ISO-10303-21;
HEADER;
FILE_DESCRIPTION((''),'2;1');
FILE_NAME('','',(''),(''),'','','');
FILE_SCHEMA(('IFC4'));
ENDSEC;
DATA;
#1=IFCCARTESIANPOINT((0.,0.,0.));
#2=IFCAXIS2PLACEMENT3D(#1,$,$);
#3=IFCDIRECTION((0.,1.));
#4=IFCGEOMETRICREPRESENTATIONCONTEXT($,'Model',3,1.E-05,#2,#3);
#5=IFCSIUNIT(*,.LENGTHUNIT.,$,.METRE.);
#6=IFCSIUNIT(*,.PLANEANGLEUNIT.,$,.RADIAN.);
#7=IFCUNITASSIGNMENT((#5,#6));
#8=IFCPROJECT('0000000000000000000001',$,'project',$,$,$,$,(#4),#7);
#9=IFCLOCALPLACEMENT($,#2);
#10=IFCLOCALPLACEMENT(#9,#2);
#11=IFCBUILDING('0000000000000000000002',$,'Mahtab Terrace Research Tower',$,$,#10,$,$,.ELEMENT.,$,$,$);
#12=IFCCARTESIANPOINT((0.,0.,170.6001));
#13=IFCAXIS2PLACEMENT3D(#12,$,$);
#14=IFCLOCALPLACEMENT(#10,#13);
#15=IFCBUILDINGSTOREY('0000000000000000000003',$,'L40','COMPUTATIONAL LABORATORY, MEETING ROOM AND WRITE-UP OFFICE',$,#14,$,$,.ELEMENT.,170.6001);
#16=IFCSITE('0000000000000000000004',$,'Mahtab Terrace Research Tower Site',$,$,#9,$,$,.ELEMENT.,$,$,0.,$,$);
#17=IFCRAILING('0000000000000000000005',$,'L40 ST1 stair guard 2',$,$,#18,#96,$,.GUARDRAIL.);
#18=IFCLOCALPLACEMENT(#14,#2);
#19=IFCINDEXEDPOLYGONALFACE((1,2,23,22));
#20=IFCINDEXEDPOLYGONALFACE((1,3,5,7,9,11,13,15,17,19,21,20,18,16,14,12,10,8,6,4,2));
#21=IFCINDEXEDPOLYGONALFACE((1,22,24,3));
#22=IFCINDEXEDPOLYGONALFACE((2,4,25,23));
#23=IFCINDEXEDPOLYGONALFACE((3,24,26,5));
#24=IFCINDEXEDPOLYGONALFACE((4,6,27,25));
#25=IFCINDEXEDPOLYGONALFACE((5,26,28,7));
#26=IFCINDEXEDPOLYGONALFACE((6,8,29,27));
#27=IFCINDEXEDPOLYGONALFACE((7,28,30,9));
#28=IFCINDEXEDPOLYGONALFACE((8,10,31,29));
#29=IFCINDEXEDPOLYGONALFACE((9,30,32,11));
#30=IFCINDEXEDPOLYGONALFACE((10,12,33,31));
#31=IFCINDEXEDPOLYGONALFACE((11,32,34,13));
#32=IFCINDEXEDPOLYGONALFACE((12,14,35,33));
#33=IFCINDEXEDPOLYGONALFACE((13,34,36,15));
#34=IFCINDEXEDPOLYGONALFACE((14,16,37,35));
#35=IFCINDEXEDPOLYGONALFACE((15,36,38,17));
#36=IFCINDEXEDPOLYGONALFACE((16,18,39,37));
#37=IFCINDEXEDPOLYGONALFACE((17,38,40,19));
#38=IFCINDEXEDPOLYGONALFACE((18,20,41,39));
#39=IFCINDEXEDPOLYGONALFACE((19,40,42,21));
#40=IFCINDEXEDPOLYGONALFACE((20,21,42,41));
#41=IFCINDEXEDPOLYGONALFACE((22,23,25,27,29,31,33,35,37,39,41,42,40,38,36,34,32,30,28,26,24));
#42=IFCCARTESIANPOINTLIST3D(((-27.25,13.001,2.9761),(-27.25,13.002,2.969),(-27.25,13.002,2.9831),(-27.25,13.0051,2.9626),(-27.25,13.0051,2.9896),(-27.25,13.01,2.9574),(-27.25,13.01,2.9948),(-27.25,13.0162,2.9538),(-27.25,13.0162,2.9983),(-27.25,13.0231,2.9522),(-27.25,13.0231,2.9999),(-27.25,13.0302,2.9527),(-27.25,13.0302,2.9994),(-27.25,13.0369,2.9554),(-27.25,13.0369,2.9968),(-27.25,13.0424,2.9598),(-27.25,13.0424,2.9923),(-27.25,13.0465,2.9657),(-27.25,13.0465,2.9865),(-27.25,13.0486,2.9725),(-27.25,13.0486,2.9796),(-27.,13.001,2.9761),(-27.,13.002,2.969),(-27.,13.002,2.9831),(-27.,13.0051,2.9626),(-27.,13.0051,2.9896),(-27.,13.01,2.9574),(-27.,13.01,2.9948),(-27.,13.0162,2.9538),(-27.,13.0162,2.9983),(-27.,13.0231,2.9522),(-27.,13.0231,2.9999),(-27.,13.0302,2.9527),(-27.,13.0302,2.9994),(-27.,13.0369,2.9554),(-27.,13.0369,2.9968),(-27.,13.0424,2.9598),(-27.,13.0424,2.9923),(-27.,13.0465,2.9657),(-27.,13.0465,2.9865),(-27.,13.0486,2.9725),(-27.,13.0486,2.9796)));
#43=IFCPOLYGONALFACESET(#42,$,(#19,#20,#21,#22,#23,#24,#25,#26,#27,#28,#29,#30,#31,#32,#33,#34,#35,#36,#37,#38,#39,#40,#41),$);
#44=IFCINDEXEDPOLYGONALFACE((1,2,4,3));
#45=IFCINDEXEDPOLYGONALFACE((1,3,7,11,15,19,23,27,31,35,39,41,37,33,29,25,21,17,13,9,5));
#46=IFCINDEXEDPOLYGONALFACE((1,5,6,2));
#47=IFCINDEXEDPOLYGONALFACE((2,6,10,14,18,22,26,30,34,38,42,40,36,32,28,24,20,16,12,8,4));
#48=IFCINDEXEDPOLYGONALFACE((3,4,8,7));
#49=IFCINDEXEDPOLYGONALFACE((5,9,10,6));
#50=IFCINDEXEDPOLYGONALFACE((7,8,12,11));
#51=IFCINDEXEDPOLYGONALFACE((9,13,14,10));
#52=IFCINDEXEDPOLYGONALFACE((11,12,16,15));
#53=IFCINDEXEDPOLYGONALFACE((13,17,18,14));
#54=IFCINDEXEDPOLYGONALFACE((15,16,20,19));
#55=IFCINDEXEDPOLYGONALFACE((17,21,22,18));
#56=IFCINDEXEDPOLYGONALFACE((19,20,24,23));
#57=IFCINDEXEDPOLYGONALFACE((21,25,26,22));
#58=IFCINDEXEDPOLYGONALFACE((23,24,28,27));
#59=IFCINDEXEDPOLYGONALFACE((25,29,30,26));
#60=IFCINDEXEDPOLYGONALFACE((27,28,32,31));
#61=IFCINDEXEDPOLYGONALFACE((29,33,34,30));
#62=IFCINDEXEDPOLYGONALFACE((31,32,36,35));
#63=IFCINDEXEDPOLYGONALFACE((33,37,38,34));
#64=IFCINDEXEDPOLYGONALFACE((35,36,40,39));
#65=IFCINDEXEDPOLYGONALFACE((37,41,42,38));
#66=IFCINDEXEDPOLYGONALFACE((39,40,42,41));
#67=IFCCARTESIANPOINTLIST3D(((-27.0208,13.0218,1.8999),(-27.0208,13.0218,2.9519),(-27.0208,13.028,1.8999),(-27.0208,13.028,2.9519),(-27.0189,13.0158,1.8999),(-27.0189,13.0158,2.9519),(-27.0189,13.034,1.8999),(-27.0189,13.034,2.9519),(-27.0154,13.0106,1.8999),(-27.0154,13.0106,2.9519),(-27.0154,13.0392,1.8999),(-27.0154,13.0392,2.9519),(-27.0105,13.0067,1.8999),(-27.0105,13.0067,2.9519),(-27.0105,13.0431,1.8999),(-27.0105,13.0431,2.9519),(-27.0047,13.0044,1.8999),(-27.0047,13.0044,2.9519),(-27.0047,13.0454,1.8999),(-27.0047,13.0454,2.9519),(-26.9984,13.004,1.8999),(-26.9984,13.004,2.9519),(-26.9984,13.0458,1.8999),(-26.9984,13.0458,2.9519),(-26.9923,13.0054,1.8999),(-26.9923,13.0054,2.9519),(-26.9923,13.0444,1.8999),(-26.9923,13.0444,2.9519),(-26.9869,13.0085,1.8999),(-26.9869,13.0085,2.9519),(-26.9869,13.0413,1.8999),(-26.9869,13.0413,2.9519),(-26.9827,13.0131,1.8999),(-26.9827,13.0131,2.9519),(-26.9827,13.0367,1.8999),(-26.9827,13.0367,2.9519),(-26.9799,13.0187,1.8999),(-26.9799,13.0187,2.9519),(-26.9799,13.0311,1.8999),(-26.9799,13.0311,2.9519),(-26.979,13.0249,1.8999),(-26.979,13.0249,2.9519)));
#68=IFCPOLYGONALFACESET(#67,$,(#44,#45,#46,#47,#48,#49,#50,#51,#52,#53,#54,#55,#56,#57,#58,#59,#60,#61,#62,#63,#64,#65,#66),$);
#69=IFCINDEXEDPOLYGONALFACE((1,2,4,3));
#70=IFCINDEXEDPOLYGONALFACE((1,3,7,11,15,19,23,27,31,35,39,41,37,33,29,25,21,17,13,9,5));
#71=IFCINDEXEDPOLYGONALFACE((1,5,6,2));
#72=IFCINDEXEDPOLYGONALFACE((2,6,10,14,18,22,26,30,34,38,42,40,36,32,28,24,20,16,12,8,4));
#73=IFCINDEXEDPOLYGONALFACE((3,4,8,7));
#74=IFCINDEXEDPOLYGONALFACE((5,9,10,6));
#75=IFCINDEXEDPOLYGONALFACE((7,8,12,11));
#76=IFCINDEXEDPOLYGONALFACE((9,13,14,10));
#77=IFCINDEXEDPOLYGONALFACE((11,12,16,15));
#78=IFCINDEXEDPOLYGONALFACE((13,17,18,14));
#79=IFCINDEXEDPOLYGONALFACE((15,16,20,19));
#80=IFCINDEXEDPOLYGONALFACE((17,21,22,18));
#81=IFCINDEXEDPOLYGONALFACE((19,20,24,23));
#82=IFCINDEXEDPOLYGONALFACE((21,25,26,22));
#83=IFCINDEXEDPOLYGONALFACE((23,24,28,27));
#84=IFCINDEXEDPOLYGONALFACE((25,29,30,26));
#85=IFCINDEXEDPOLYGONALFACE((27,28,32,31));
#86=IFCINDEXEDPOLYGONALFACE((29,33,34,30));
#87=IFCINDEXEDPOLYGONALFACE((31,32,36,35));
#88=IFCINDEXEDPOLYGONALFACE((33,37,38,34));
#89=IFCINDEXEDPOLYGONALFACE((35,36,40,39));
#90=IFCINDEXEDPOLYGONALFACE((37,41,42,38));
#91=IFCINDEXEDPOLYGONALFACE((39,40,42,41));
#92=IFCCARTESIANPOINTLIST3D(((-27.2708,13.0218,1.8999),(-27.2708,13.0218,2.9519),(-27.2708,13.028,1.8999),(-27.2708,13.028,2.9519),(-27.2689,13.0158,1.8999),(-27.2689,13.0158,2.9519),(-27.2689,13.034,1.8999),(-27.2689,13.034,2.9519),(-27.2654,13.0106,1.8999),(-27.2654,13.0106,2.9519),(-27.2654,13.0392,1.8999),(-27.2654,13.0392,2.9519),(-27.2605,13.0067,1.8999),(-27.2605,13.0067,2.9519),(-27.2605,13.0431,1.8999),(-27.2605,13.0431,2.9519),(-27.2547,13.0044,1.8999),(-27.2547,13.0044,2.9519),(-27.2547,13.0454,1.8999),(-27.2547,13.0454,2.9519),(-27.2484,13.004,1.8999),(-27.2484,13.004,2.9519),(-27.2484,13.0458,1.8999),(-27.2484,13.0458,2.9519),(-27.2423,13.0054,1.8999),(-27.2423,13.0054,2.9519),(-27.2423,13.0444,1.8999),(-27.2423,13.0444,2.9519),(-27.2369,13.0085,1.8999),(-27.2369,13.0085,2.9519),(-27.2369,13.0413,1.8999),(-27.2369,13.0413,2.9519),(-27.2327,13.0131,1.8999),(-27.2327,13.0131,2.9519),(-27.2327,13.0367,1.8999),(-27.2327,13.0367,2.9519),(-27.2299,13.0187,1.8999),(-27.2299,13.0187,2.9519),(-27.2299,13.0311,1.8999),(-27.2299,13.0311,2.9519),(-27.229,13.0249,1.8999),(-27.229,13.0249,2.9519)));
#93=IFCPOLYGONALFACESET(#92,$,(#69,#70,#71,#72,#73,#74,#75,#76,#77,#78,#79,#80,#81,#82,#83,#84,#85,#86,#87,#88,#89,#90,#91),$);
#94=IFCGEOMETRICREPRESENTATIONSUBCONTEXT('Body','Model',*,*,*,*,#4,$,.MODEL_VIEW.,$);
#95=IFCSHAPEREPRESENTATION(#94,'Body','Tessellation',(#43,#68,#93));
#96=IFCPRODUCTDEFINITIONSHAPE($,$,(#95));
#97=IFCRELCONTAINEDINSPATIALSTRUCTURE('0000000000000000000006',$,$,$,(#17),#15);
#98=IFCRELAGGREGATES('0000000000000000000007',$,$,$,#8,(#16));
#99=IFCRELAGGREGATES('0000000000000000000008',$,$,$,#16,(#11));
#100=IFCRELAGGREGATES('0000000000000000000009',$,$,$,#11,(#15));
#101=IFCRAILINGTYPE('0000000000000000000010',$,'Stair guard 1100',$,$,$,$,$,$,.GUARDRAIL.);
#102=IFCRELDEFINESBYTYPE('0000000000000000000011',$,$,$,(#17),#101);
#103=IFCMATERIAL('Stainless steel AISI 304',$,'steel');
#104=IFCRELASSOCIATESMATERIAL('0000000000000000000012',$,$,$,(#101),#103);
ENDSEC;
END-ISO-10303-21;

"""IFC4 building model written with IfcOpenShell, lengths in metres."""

from ifc_helpers import new_model, si_unit, direction, frame, origin, origin_2d, place, context, subcontext, project, spatial, circle, extrude, material, type_object, element, save


model = new_model("IFC4")

# Units and contexts
model_context = context("Model", 3, precision=1e-05, world=origin(), true_north=direction((0.0, 1.0)))
body_context = subcontext(model_context, "Body", "Model", "MODEL_VIEW")
ifc_project = project(units=[si_unit("LENGTHUNIT", "METRE"), si_unit("PLANEANGLEUNIT", "RADIAN")], contexts=[model_context])

# Site, building, storey
site_placement = place(None, origin())
site = spatial("IfcSite", under=ifc_project, at=site_placement, Name="Mahtab Terrace Research Tower Site", CompositionType="ELEMENT", RefElevation=0.0)
building_placement = place(site_placement, origin())
building = spatial("IfcBuilding", under=site, at=building_placement, Name="Mahtab Terrace Research Tower", CompositionType="ELEMENT")
storey_placement = place(building_placement, frame((0.0, 0.0, 170.6001)))
storey = spatial("IfcBuildingStorey", under=building, at=storey_placement, Name="L40", Description="COMPUTATIONAL LABORATORY, MEETING ROOM AND WRITE-UP OFFICE", CompositionType="ELEMENT", Elevation=170.6001)

# Railing
ifc_material_1 = material(Name="Stainless steel AISI 304", Category="steel")
railing_type_1 = type_object("IfcRailingType", Name="Stair guard 1100", PredefinedType="GUARDRAIL", material=ifc_material_1)
railing_1_placement = place(storey_placement, frame((-27.0, 13.0249, 1.8999)))
element("IfcRailing", 1, at=railing_1_placement, inside=storey, type_object=railing_type_1, Name="L40 ST1 stair guard 2", PredefinedType="GUARDRAIL", context=body_context, shape_type="SweptSolid", body=[
    extrude(circle(Radius=0.0239, at=origin_2d()), frame((0.0, 0.0, 1.0762), z_axis=(-1.0, 0.0, 0.0), x_axis=(0.0, -1.0, 0.0)), (0.0, 0.0, 1.0), 0.25),
    extrude(circle(Radius=0.021, at=origin_2d()), origin(), (0.0, 0.0, 1.0), 1.052),
    extrude(circle(Radius=0.021, at=origin_2d()), frame((-0.25, 0.0, 0.0)), (0.0, 0.0, 1.0), 1.052),
])

save(model, "model.ifc")
